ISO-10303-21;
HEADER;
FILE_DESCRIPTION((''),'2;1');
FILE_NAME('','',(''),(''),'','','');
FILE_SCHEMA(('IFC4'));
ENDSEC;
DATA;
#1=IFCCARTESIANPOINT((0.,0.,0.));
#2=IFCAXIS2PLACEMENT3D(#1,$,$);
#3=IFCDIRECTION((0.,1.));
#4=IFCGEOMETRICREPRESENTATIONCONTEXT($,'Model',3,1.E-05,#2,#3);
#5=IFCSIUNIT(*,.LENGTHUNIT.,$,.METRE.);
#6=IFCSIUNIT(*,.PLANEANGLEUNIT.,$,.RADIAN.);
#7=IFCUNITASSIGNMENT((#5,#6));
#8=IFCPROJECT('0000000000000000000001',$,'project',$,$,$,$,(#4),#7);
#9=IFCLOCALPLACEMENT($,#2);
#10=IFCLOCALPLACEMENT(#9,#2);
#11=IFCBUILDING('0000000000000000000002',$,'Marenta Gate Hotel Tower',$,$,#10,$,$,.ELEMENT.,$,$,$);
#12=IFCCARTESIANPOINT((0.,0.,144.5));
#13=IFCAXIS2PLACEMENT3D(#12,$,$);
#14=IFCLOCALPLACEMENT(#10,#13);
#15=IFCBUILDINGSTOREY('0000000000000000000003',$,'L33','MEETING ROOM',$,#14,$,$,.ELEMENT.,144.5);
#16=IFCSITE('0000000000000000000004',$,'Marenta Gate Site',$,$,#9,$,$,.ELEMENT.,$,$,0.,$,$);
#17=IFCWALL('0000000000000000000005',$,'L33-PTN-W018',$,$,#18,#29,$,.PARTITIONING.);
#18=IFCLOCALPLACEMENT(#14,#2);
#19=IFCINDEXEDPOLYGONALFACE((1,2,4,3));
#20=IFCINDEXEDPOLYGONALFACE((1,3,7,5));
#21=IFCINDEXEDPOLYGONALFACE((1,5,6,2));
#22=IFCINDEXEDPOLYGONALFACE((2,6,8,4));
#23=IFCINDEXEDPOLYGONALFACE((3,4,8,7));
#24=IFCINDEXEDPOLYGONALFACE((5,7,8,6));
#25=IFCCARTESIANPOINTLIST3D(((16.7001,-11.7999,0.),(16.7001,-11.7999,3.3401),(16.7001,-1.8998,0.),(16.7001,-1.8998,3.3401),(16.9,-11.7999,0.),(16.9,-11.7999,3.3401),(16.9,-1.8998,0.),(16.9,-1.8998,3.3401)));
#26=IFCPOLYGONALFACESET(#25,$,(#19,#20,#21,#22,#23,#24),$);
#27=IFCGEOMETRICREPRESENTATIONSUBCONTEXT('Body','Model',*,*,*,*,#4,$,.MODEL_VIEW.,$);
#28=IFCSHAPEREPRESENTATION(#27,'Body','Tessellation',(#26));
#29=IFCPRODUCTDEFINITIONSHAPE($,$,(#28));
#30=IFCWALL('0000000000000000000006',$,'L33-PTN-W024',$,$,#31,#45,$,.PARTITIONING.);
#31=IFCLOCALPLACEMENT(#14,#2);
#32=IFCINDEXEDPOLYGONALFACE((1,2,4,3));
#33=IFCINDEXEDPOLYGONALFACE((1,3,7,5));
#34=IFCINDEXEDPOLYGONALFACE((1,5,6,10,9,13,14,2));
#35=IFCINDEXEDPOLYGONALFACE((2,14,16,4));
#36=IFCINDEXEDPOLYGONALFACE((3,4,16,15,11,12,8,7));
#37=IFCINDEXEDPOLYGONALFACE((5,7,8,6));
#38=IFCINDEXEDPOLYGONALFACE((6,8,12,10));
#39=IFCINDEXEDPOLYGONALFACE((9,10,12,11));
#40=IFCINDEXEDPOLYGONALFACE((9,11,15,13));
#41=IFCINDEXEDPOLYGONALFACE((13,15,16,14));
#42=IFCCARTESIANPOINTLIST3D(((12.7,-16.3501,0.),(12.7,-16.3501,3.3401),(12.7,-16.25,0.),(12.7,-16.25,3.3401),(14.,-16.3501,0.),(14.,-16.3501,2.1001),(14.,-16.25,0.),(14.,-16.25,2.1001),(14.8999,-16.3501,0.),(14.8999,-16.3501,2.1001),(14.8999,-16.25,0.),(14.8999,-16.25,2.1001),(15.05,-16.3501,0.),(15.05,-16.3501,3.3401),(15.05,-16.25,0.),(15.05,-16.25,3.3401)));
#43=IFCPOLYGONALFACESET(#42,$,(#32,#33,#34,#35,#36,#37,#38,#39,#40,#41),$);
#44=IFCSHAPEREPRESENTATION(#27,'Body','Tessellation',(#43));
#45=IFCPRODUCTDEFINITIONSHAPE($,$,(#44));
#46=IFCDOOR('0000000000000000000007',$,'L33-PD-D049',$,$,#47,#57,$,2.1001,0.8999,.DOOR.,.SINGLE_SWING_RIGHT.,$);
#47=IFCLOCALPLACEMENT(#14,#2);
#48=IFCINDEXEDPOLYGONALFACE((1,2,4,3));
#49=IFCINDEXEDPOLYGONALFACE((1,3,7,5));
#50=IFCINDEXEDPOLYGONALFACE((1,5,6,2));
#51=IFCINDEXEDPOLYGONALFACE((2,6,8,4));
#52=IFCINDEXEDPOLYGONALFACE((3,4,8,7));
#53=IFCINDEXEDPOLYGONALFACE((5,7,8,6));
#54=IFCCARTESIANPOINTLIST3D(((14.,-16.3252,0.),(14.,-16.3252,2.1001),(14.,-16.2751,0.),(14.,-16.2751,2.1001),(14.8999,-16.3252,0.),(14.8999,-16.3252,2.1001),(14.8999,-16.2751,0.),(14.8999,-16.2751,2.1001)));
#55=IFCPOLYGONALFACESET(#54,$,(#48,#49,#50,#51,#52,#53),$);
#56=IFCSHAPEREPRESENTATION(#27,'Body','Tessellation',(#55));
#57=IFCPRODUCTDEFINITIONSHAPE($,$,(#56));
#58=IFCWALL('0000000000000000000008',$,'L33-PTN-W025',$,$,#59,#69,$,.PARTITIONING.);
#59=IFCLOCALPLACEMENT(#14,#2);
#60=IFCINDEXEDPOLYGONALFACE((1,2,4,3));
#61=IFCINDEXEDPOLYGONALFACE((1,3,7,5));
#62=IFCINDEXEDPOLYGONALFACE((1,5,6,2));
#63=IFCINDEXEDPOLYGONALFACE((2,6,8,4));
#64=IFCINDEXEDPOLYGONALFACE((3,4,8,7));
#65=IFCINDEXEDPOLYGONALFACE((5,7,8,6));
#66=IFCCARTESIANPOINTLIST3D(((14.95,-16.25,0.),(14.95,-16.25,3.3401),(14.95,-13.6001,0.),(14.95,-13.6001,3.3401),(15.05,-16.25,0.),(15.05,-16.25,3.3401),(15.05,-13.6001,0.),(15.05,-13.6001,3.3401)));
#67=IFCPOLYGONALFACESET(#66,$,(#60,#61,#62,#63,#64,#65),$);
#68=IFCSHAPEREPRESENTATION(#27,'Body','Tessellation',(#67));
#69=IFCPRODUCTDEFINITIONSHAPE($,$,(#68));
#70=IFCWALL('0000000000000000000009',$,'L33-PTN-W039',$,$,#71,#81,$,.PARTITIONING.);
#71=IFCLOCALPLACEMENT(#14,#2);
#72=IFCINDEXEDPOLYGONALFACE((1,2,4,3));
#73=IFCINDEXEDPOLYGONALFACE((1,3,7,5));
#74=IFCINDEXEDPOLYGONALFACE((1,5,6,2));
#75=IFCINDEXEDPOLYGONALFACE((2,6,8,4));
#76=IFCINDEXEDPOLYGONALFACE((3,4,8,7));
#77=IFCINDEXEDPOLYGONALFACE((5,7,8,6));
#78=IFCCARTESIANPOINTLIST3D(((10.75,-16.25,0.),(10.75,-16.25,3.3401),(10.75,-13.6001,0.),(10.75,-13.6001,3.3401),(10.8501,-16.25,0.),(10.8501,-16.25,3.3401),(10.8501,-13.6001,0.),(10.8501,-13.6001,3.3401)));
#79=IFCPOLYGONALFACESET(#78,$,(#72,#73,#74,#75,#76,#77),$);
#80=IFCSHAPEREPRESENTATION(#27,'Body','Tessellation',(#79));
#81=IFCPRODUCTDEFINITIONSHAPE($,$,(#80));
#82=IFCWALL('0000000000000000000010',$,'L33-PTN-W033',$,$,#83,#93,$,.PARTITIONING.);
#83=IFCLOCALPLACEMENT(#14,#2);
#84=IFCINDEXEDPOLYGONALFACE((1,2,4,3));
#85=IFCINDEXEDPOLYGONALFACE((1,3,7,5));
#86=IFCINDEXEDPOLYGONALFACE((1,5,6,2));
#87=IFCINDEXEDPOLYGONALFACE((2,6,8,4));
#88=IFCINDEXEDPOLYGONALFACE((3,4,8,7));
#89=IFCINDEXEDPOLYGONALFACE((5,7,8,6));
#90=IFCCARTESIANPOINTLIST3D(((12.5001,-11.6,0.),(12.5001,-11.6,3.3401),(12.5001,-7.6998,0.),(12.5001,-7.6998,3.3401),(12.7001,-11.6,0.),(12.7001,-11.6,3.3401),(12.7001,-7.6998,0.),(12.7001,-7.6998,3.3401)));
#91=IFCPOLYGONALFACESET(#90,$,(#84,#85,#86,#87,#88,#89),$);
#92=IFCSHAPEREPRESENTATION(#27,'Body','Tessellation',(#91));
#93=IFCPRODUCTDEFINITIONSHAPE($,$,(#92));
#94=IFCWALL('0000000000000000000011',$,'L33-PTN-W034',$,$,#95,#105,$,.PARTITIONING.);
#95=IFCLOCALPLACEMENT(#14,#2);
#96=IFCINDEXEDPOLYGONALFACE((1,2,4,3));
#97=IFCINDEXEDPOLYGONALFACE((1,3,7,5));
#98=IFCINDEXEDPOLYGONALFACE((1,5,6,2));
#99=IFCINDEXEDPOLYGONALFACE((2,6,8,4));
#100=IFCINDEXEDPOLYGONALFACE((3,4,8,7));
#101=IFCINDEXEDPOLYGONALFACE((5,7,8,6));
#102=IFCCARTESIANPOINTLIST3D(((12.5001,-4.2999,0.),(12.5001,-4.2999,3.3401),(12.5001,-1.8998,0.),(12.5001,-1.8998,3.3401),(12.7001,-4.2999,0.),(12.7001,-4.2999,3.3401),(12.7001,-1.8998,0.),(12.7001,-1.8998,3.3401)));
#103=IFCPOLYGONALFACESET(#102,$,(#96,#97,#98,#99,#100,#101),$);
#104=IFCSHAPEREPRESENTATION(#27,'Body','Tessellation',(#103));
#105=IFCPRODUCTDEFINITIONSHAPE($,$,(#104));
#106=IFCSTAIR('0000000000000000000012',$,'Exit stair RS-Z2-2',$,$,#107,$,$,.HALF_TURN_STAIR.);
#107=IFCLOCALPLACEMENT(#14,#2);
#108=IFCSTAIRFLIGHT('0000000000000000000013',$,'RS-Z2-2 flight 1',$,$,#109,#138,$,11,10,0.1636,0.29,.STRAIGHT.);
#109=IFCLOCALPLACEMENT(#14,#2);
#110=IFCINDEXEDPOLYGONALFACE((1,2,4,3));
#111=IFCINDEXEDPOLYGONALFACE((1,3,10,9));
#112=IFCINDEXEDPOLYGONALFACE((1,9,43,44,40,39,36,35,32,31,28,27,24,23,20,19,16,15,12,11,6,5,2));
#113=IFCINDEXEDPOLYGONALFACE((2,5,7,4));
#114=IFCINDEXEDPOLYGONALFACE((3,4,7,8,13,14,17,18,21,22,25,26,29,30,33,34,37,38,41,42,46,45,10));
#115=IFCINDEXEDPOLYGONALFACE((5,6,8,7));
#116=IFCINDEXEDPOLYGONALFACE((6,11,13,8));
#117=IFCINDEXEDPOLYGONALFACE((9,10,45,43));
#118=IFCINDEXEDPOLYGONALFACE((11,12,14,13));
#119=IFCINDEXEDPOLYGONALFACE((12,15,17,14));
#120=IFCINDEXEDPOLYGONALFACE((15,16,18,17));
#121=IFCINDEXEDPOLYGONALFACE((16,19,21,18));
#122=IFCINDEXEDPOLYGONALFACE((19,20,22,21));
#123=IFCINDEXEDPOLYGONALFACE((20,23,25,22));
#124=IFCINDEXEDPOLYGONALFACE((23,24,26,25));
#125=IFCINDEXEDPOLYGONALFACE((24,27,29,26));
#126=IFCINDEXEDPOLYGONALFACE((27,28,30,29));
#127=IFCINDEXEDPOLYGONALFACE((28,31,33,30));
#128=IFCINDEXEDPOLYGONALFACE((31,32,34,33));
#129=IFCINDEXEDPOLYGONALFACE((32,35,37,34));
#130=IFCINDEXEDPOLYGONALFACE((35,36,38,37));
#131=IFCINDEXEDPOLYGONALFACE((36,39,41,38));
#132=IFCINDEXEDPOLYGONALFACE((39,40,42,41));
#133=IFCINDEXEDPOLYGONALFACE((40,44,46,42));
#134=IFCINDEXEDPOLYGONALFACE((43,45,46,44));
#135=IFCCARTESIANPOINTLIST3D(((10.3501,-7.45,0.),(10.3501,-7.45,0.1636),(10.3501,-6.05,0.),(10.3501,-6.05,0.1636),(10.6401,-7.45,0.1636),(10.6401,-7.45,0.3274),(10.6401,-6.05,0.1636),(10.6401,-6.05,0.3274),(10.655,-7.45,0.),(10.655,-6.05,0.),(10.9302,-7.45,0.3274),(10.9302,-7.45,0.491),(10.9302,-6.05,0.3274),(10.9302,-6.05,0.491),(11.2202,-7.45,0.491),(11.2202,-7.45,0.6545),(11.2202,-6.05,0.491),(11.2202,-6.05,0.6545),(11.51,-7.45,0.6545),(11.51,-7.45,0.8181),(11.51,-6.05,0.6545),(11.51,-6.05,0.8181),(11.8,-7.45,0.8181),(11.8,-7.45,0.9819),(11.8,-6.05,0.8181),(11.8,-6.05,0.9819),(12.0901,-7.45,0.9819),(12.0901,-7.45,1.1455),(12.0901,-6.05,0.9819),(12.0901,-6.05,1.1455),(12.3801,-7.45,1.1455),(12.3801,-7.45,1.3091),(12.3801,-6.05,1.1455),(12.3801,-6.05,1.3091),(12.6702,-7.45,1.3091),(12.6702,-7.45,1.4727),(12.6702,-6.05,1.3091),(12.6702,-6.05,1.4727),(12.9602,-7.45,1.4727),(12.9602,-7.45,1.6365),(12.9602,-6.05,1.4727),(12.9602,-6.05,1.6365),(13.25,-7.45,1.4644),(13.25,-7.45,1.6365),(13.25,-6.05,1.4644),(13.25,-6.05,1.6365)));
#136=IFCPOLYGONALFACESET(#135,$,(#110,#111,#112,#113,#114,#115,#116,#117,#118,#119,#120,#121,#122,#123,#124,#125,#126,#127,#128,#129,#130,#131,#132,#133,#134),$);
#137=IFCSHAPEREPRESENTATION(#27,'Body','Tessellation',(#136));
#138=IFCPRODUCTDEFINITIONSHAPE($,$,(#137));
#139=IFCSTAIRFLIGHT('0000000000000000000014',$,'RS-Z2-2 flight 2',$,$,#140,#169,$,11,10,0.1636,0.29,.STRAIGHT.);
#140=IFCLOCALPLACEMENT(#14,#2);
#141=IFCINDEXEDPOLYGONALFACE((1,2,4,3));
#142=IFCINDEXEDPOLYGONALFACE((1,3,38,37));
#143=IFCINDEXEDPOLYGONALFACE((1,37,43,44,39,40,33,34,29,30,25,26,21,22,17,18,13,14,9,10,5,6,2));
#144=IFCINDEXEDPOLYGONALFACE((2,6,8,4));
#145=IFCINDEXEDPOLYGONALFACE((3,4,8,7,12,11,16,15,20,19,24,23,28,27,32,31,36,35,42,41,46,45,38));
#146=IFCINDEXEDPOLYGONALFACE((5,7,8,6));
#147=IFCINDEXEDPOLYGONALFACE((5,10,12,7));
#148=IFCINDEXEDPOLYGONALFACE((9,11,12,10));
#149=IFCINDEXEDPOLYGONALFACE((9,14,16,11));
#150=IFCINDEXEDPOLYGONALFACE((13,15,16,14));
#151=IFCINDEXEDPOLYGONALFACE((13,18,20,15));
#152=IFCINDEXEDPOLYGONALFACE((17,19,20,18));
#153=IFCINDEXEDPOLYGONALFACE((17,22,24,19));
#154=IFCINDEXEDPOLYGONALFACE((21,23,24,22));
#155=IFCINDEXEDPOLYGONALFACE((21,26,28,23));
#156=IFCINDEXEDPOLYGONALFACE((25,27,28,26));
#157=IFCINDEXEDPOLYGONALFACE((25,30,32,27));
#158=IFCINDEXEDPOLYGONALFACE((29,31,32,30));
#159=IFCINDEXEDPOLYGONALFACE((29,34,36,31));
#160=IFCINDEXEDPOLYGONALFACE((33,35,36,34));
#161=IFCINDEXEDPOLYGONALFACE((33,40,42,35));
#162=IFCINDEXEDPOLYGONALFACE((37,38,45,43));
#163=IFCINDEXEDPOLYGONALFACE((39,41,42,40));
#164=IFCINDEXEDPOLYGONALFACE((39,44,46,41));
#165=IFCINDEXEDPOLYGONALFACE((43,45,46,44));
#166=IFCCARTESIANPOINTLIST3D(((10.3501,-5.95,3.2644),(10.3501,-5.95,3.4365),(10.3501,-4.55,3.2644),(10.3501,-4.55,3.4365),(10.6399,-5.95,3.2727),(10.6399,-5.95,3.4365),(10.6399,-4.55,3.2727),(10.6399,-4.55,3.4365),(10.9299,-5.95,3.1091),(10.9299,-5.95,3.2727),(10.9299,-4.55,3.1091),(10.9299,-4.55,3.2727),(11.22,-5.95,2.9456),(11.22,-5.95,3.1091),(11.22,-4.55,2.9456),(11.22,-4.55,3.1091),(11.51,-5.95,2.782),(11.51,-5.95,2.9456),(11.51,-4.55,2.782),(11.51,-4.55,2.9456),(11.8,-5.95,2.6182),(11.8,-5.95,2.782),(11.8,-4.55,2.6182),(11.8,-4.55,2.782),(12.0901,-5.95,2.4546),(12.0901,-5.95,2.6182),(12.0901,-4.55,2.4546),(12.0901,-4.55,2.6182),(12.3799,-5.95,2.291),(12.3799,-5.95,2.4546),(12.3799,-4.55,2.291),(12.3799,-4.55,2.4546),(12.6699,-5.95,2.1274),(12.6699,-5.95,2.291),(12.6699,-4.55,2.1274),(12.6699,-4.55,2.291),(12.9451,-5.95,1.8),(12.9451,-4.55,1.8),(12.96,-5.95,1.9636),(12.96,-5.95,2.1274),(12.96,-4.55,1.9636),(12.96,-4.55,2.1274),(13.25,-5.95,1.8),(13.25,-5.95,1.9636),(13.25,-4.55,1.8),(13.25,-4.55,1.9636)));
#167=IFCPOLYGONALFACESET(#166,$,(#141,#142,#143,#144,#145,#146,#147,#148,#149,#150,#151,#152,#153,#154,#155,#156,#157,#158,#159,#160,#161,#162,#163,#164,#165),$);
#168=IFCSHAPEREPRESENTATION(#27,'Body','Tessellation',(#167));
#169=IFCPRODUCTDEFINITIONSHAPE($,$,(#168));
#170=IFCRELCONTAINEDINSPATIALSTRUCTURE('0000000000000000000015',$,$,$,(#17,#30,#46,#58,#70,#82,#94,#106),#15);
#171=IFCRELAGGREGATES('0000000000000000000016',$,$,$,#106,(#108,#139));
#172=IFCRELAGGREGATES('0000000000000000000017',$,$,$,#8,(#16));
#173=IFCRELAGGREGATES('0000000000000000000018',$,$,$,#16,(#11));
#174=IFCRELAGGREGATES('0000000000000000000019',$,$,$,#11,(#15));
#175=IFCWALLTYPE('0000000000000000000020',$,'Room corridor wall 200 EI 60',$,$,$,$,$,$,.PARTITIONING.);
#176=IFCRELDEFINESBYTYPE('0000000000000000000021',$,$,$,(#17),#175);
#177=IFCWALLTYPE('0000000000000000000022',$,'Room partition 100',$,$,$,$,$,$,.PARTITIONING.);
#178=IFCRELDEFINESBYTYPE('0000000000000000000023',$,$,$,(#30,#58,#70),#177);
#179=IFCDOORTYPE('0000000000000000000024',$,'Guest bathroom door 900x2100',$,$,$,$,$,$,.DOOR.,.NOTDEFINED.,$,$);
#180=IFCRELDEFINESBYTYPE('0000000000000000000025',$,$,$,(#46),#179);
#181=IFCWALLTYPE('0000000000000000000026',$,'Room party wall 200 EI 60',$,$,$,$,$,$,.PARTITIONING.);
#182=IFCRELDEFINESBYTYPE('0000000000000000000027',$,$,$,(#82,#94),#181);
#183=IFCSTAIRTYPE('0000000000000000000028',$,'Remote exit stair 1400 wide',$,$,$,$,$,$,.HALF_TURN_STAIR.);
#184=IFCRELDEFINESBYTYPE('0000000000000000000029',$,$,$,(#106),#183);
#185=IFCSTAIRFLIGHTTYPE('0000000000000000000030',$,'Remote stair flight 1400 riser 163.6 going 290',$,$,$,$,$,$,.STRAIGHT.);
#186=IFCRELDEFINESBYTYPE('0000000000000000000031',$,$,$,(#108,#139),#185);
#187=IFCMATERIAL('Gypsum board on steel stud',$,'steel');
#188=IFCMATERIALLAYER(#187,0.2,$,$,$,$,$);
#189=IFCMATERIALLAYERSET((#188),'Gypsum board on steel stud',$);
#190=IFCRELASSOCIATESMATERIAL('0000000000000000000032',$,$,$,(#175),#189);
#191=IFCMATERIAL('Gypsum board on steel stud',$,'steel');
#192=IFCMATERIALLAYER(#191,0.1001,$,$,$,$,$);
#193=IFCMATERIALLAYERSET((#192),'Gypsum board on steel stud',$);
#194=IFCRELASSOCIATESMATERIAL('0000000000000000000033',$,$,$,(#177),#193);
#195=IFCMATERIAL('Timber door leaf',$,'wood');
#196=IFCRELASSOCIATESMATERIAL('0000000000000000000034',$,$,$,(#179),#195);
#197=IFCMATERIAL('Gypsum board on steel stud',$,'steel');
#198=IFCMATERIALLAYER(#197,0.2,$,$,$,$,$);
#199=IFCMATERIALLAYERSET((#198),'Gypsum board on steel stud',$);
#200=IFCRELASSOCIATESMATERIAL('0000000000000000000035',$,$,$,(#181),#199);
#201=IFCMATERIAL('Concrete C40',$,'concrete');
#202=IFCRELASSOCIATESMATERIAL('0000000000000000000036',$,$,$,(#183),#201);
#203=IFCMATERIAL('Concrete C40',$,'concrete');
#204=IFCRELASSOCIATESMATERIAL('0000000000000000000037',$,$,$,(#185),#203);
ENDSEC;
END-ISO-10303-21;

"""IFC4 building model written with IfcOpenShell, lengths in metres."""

from ifc_helpers import new_model, si_unit, direction, frame, frame_2d, origin, place, context, subcontext, project, spatial, polyline, rectangle, outline, extrude, material, layer, layer_set, type_object, element, fill, aggregate, save


model = new_model("IFC4")

# Units and contexts
model_context = context("Model", 3, precision=1e-05, world=origin(), true_north=direction((0.0, 1.0)))
body_context = subcontext(model_context, "Body", "Model", "MODEL_VIEW")
ifc_project = project(units=[si_unit("LENGTHUNIT", "METRE"), si_unit("PLANEANGLEUNIT", "RADIAN")], contexts=[model_context])

# Site, building, storey
site_placement = place(None, origin())
site = spatial("IfcSite", under=ifc_project, at=site_placement, Name="Marenta Gate Site", CompositionType="ELEMENT", RefElevation=0.0)
building_placement = place(site_placement, origin())
building = spatial("IfcBuilding", under=site, at=building_placement, Name="Marenta Gate Hotel Tower", CompositionType="ELEMENT")
storey_placement = place(building_placement, frame((0.0, 0.0, 144.5)))
storey = spatial("IfcBuildingStorey", under=building, at=storey_placement, Name="L33", Description="MEETING ROOM", CompositionType="ELEMENT", Elevation=144.5)

# Wall
ifc_material_1 = material(Name="Gypsum board on steel stud", Category="steel")
ifc_layer_1 = layer(ifc_material_1, 0.2)
ifc_layer_set_1 = layer_set([ifc_layer_1], Name="Gypsum board on steel stud")
wall_type_1 = type_object("IfcWallType", Name="Room corridor wall 200 EI 60", PredefinedType="PARTITIONING", material=ifc_layer_set_1)
wall_1_placement = place(storey_placement, frame((16.8, -11.8, 0.0), z_axis=(0.0, 0.0, 1.0), x_axis=(0.0, 1.0, 0.0)))
element("IfcWall", 1, at=wall_1_placement, inside=storey, type_object=wall_type_1, Name="L33-PTN-W018", PredefinedType="PARTITIONING", context=body_context, shape_type="SweptSolid", body=[
    extrude(rectangle(XDim=9.9001, YDim=0.2, at=frame_2d((4.9502, 0.0))), origin(), (0.0, 0.0, 1.0), 3.3401),
])

# Wall, opening, door
ifc_material_2 = material(Name="Gypsum board on steel stud", Category="steel")
ifc_layer_2 = layer(ifc_material_2, 0.1001)
ifc_layer_set_2 = layer_set([ifc_layer_2], Name="Gypsum board on steel stud")
wall_type_2 = type_object("IfcWallType", Name="Room partition 100", PredefinedType="PARTITIONING", material=ifc_layer_set_2)
wall_2_placement = place(storey_placement, frame((12.7, -16.3, 0.0), z_axis=(0.0, 0.0, 1.0), x_axis=(1.0, 0.0, 0.0)))
wall_2 = element("IfcWall", 2, at=wall_2_placement, inside=storey, type_object=wall_type_2, Name="L33-PTN-W024", PredefinedType="PARTITIONING", context=body_context, shape_type="SweptSolid", body=[
    extrude(rectangle(XDim=2.3501, YDim=0.1001, at=frame_2d((1.175, 0.0))), origin(), (0.0, 0.0, 1.0), 3.3401),
])
opening_1_placement = place(wall_2_placement, frame((1.3, 0.0, 0.0)))
opening_1 = element("IfcOpeningElement", 3, at=opening_1_placement, cuts=wall_2, PredefinedType="OPENING", context=body_context, shape_type="SweptSolid", body=[
    extrude(rectangle(XDim=0.8999, YDim=2.1001, at=frame_2d((0.45, 1.05))), frame((0.0, 0.05, 0.0), z_axis=(0.0, -1.0, 0.0), x_axis=(1.0, 0.0, 0.0)), (0.0, 0.0, 1.0), 0.1001),
])
ifc_material_3 = material(Name="Timber door leaf", Category="wood")
door_type_1 = type_object("IfcDoorType", Name="Guest bathroom door 900x2100", OperationType="NOTDEFINED", PredefinedType="DOOR", material=ifc_material_3)
door_1_placement = place(opening_1_placement, origin())
door_1 = element("IfcDoor", 4, at=door_1_placement, inside=storey, type_object=door_type_1, Name="L33-PD-D049", OperationType="SINGLE_SWING_RIGHT", OverallHeight=2.1001, OverallWidth=0.8999, PredefinedType="DOOR", context=body_context, shape_type="SweptSolid", body=[
    extrude(rectangle(XDim=0.8999, YDim=2.1001, at=frame_2d((0.45, 1.05))), frame((0.0, 0.0249, 0.0), z_axis=(0.0, -1.0, 0.0), x_axis=(1.0, 0.0, 0.0)), (0.0, 0.0, 1.0), 0.05),
])
fill(opening_1, door_1)

# Walls
for number, where, z_axis, x_axis, name in (
    (5, (15.0, -16.25, 0.0), (0.0, 0.0, 1.0), (0.0, 1.0, 0.0), "L33-PTN-W025"),
    (6, (10.8, -16.25, 0.0), (0.0, 0.0, 1.0), (0.0, 1.0, 0.0), "L33-PTN-W039"),
):
    element("IfcWall", number, at=place(storey_placement, frame(where, z_axis=z_axis, x_axis=x_axis)), inside=storey, type_object=wall_type_2, Name=name, PredefinedType="PARTITIONING", context=body_context, shape_type="SweptSolid", body=[
        extrude(rectangle(XDim=2.6499, YDim=0.1001, at=frame_2d((1.325, 0.0))), origin(), (0.0, 0.0, 1.0), 3.3401),
    ])
ifc_material_4 = material(Name="Gypsum board on steel stud", Category="steel")
ifc_layer_3 = layer(ifc_material_4, 0.2)
ifc_layer_set_3 = layer_set([ifc_layer_3], Name="Gypsum board on steel stud")
wall_type_3 = type_object("IfcWallType", Name="Room party wall 200 EI 60", PredefinedType="PARTITIONING", material=ifc_layer_set_3)
wall_3_placement = place(storey_placement, frame((12.6001, -11.6001, 0.0), z_axis=(0.0, 0.0, 1.0), x_axis=(0.0, 1.0, 0.0)))
element("IfcWall", 7, at=wall_3_placement, inside=storey, type_object=wall_type_3, Name="L33-PTN-W033", PredefinedType="PARTITIONING", context=body_context, shape_type="SweptSolid", body=[
    extrude(rectangle(XDim=3.9001, YDim=0.2, at=frame_2d((1.9502, 0.0))), origin(), (0.0, 0.0, 1.0), 3.3401),
])
wall_4_placement = place(storey_placement, frame((12.6001, -4.3, 0.0), z_axis=(0.0, 0.0, 1.0), x_axis=(0.0, 1.0, 0.0)))
element("IfcWall", 8, at=wall_4_placement, inside=storey, type_object=wall_type_3, Name="L33-PTN-W034", PredefinedType="PARTITIONING", context=body_context, shape_type="SweptSolid", body=[
    extrude(rectangle(XDim=2.4001, YDim=0.2, at=frame_2d((1.2002, 0.0))), origin(), (0.0, 0.0, 1.0), 3.3401),
])

# Stair, stair flights
ifc_material_5 = material(Name="Concrete C40", Category="concrete")
stair_type = type_object("IfcStairType", Name="Remote exit stair 1400 wide", PredefinedType="HALF_TURN_STAIR", material=ifc_material_5)
stair_placement = place(storey_placement, origin())
stair = element("IfcStair", 9, at=stair_placement, inside=storey, type_object=stair_type, Name="Exit stair RS-Z2-2", PredefinedType="HALF_TURN_STAIR")
ifc_material_6 = material(Name="Concrete C40", Category="concrete")
stair_flight_type = type_object("IfcStairFlightType", Name="Remote stair flight 1400 riser 163.6 going 290", PredefinedType="STRAIGHT", material=ifc_material_6)
stair_flight_1_placement = place(storey_placement, frame((10.3501, -6.75, 0.0), z_axis=(0.0, 0.0, 1.0), x_axis=(1.0, 0.0, 0.0)))
stair_flight_1 = element("IfcStairFlight", 10, at=stair_flight_1_placement, type_object=stair_flight_type, Name="RS-Z2-2 flight 1", NumberOfRisers=11, NumberOfTreads=10, PredefinedType="STRAIGHT", RiserHeight=0.1636, TreadLength=0.29, context=body_context, shape_type="SweptSolid", body=[
    extrude(outline(polyline([(0.0, 0.0), (0.0, 0.1636), (0.29, 0.1636), (0.29, 0.3274), (0.5801, 0.3274), (0.5801, 0.491), (0.8701, 0.491), (0.8701, 0.6545), (1.1599, 0.6545), (1.1599, 0.8181), (1.45, 0.8181), (1.45, 0.9819), (1.74, 0.9819), (1.74, 1.1455), (2.03, 1.1455), (2.03, 1.3091), (2.3201, 1.3091), (2.3201, 1.4727), (2.6101, 1.4727), (2.6101, 1.6365), (2.8999, 1.6365), (2.8999, 1.8), (2.8999, 1.4644), (0.3049, 0.0), (0.0, 0.0)])), frame((0.0, 0.7, 0.0), z_axis=(0.0, -1.0, 0.0), x_axis=(1.0, 0.0, 0.0)), (0.0, 0.0, 1.0), 1.3999),
])
stair_flight_2_placement = place(storey_placement, frame((13.25, -5.25, 1.8), z_axis=(0.0, 0.0, 1.0), x_axis=(-1.0, 0.0, 0.0)))
stair_flight_2 = element("IfcStairFlight", 11, at=stair_flight_2_placement, type_object=stair_flight_type, Name="RS-Z2-2 flight 2", NumberOfRisers=11, NumberOfTreads=10, PredefinedType="STRAIGHT", RiserHeight=0.1636, TreadLength=0.29, context=body_context, shape_type="SweptSolid", body=[
    extrude(outline(polyline([(0.0, 0.0), (0.0, 0.1636), (0.29, 0.1636), (0.29, 0.3274), (0.5801, 0.3274), (0.5801, 0.491), (0.8701, 0.491), (0.8701, 0.6545), (1.1599, 0.6545), (1.1599, 0.8181), (1.45, 0.8181), (1.45, 0.9819), (1.74, 0.9819), (1.74, 1.1455), (2.03, 1.1455), (2.03, 1.3091), (2.3201, 1.3091), (2.3201, 1.4727), (2.6101, 1.4727), (2.6101, 1.6365), (2.8999, 1.6365), (2.8999, 1.8), (2.8999, 1.4644), (0.3049, 0.0), (0.0, 0.0)])), frame((0.0, 0.7, 0.0), z_axis=(0.0, -1.0, 0.0), x_axis=(1.0, 0.0, 0.0)), (0.0, 0.0, 1.0), 1.3999),
])
aggregate(stair, [stair_flight_1, stair_flight_2])

save(model, "model.ifc")
